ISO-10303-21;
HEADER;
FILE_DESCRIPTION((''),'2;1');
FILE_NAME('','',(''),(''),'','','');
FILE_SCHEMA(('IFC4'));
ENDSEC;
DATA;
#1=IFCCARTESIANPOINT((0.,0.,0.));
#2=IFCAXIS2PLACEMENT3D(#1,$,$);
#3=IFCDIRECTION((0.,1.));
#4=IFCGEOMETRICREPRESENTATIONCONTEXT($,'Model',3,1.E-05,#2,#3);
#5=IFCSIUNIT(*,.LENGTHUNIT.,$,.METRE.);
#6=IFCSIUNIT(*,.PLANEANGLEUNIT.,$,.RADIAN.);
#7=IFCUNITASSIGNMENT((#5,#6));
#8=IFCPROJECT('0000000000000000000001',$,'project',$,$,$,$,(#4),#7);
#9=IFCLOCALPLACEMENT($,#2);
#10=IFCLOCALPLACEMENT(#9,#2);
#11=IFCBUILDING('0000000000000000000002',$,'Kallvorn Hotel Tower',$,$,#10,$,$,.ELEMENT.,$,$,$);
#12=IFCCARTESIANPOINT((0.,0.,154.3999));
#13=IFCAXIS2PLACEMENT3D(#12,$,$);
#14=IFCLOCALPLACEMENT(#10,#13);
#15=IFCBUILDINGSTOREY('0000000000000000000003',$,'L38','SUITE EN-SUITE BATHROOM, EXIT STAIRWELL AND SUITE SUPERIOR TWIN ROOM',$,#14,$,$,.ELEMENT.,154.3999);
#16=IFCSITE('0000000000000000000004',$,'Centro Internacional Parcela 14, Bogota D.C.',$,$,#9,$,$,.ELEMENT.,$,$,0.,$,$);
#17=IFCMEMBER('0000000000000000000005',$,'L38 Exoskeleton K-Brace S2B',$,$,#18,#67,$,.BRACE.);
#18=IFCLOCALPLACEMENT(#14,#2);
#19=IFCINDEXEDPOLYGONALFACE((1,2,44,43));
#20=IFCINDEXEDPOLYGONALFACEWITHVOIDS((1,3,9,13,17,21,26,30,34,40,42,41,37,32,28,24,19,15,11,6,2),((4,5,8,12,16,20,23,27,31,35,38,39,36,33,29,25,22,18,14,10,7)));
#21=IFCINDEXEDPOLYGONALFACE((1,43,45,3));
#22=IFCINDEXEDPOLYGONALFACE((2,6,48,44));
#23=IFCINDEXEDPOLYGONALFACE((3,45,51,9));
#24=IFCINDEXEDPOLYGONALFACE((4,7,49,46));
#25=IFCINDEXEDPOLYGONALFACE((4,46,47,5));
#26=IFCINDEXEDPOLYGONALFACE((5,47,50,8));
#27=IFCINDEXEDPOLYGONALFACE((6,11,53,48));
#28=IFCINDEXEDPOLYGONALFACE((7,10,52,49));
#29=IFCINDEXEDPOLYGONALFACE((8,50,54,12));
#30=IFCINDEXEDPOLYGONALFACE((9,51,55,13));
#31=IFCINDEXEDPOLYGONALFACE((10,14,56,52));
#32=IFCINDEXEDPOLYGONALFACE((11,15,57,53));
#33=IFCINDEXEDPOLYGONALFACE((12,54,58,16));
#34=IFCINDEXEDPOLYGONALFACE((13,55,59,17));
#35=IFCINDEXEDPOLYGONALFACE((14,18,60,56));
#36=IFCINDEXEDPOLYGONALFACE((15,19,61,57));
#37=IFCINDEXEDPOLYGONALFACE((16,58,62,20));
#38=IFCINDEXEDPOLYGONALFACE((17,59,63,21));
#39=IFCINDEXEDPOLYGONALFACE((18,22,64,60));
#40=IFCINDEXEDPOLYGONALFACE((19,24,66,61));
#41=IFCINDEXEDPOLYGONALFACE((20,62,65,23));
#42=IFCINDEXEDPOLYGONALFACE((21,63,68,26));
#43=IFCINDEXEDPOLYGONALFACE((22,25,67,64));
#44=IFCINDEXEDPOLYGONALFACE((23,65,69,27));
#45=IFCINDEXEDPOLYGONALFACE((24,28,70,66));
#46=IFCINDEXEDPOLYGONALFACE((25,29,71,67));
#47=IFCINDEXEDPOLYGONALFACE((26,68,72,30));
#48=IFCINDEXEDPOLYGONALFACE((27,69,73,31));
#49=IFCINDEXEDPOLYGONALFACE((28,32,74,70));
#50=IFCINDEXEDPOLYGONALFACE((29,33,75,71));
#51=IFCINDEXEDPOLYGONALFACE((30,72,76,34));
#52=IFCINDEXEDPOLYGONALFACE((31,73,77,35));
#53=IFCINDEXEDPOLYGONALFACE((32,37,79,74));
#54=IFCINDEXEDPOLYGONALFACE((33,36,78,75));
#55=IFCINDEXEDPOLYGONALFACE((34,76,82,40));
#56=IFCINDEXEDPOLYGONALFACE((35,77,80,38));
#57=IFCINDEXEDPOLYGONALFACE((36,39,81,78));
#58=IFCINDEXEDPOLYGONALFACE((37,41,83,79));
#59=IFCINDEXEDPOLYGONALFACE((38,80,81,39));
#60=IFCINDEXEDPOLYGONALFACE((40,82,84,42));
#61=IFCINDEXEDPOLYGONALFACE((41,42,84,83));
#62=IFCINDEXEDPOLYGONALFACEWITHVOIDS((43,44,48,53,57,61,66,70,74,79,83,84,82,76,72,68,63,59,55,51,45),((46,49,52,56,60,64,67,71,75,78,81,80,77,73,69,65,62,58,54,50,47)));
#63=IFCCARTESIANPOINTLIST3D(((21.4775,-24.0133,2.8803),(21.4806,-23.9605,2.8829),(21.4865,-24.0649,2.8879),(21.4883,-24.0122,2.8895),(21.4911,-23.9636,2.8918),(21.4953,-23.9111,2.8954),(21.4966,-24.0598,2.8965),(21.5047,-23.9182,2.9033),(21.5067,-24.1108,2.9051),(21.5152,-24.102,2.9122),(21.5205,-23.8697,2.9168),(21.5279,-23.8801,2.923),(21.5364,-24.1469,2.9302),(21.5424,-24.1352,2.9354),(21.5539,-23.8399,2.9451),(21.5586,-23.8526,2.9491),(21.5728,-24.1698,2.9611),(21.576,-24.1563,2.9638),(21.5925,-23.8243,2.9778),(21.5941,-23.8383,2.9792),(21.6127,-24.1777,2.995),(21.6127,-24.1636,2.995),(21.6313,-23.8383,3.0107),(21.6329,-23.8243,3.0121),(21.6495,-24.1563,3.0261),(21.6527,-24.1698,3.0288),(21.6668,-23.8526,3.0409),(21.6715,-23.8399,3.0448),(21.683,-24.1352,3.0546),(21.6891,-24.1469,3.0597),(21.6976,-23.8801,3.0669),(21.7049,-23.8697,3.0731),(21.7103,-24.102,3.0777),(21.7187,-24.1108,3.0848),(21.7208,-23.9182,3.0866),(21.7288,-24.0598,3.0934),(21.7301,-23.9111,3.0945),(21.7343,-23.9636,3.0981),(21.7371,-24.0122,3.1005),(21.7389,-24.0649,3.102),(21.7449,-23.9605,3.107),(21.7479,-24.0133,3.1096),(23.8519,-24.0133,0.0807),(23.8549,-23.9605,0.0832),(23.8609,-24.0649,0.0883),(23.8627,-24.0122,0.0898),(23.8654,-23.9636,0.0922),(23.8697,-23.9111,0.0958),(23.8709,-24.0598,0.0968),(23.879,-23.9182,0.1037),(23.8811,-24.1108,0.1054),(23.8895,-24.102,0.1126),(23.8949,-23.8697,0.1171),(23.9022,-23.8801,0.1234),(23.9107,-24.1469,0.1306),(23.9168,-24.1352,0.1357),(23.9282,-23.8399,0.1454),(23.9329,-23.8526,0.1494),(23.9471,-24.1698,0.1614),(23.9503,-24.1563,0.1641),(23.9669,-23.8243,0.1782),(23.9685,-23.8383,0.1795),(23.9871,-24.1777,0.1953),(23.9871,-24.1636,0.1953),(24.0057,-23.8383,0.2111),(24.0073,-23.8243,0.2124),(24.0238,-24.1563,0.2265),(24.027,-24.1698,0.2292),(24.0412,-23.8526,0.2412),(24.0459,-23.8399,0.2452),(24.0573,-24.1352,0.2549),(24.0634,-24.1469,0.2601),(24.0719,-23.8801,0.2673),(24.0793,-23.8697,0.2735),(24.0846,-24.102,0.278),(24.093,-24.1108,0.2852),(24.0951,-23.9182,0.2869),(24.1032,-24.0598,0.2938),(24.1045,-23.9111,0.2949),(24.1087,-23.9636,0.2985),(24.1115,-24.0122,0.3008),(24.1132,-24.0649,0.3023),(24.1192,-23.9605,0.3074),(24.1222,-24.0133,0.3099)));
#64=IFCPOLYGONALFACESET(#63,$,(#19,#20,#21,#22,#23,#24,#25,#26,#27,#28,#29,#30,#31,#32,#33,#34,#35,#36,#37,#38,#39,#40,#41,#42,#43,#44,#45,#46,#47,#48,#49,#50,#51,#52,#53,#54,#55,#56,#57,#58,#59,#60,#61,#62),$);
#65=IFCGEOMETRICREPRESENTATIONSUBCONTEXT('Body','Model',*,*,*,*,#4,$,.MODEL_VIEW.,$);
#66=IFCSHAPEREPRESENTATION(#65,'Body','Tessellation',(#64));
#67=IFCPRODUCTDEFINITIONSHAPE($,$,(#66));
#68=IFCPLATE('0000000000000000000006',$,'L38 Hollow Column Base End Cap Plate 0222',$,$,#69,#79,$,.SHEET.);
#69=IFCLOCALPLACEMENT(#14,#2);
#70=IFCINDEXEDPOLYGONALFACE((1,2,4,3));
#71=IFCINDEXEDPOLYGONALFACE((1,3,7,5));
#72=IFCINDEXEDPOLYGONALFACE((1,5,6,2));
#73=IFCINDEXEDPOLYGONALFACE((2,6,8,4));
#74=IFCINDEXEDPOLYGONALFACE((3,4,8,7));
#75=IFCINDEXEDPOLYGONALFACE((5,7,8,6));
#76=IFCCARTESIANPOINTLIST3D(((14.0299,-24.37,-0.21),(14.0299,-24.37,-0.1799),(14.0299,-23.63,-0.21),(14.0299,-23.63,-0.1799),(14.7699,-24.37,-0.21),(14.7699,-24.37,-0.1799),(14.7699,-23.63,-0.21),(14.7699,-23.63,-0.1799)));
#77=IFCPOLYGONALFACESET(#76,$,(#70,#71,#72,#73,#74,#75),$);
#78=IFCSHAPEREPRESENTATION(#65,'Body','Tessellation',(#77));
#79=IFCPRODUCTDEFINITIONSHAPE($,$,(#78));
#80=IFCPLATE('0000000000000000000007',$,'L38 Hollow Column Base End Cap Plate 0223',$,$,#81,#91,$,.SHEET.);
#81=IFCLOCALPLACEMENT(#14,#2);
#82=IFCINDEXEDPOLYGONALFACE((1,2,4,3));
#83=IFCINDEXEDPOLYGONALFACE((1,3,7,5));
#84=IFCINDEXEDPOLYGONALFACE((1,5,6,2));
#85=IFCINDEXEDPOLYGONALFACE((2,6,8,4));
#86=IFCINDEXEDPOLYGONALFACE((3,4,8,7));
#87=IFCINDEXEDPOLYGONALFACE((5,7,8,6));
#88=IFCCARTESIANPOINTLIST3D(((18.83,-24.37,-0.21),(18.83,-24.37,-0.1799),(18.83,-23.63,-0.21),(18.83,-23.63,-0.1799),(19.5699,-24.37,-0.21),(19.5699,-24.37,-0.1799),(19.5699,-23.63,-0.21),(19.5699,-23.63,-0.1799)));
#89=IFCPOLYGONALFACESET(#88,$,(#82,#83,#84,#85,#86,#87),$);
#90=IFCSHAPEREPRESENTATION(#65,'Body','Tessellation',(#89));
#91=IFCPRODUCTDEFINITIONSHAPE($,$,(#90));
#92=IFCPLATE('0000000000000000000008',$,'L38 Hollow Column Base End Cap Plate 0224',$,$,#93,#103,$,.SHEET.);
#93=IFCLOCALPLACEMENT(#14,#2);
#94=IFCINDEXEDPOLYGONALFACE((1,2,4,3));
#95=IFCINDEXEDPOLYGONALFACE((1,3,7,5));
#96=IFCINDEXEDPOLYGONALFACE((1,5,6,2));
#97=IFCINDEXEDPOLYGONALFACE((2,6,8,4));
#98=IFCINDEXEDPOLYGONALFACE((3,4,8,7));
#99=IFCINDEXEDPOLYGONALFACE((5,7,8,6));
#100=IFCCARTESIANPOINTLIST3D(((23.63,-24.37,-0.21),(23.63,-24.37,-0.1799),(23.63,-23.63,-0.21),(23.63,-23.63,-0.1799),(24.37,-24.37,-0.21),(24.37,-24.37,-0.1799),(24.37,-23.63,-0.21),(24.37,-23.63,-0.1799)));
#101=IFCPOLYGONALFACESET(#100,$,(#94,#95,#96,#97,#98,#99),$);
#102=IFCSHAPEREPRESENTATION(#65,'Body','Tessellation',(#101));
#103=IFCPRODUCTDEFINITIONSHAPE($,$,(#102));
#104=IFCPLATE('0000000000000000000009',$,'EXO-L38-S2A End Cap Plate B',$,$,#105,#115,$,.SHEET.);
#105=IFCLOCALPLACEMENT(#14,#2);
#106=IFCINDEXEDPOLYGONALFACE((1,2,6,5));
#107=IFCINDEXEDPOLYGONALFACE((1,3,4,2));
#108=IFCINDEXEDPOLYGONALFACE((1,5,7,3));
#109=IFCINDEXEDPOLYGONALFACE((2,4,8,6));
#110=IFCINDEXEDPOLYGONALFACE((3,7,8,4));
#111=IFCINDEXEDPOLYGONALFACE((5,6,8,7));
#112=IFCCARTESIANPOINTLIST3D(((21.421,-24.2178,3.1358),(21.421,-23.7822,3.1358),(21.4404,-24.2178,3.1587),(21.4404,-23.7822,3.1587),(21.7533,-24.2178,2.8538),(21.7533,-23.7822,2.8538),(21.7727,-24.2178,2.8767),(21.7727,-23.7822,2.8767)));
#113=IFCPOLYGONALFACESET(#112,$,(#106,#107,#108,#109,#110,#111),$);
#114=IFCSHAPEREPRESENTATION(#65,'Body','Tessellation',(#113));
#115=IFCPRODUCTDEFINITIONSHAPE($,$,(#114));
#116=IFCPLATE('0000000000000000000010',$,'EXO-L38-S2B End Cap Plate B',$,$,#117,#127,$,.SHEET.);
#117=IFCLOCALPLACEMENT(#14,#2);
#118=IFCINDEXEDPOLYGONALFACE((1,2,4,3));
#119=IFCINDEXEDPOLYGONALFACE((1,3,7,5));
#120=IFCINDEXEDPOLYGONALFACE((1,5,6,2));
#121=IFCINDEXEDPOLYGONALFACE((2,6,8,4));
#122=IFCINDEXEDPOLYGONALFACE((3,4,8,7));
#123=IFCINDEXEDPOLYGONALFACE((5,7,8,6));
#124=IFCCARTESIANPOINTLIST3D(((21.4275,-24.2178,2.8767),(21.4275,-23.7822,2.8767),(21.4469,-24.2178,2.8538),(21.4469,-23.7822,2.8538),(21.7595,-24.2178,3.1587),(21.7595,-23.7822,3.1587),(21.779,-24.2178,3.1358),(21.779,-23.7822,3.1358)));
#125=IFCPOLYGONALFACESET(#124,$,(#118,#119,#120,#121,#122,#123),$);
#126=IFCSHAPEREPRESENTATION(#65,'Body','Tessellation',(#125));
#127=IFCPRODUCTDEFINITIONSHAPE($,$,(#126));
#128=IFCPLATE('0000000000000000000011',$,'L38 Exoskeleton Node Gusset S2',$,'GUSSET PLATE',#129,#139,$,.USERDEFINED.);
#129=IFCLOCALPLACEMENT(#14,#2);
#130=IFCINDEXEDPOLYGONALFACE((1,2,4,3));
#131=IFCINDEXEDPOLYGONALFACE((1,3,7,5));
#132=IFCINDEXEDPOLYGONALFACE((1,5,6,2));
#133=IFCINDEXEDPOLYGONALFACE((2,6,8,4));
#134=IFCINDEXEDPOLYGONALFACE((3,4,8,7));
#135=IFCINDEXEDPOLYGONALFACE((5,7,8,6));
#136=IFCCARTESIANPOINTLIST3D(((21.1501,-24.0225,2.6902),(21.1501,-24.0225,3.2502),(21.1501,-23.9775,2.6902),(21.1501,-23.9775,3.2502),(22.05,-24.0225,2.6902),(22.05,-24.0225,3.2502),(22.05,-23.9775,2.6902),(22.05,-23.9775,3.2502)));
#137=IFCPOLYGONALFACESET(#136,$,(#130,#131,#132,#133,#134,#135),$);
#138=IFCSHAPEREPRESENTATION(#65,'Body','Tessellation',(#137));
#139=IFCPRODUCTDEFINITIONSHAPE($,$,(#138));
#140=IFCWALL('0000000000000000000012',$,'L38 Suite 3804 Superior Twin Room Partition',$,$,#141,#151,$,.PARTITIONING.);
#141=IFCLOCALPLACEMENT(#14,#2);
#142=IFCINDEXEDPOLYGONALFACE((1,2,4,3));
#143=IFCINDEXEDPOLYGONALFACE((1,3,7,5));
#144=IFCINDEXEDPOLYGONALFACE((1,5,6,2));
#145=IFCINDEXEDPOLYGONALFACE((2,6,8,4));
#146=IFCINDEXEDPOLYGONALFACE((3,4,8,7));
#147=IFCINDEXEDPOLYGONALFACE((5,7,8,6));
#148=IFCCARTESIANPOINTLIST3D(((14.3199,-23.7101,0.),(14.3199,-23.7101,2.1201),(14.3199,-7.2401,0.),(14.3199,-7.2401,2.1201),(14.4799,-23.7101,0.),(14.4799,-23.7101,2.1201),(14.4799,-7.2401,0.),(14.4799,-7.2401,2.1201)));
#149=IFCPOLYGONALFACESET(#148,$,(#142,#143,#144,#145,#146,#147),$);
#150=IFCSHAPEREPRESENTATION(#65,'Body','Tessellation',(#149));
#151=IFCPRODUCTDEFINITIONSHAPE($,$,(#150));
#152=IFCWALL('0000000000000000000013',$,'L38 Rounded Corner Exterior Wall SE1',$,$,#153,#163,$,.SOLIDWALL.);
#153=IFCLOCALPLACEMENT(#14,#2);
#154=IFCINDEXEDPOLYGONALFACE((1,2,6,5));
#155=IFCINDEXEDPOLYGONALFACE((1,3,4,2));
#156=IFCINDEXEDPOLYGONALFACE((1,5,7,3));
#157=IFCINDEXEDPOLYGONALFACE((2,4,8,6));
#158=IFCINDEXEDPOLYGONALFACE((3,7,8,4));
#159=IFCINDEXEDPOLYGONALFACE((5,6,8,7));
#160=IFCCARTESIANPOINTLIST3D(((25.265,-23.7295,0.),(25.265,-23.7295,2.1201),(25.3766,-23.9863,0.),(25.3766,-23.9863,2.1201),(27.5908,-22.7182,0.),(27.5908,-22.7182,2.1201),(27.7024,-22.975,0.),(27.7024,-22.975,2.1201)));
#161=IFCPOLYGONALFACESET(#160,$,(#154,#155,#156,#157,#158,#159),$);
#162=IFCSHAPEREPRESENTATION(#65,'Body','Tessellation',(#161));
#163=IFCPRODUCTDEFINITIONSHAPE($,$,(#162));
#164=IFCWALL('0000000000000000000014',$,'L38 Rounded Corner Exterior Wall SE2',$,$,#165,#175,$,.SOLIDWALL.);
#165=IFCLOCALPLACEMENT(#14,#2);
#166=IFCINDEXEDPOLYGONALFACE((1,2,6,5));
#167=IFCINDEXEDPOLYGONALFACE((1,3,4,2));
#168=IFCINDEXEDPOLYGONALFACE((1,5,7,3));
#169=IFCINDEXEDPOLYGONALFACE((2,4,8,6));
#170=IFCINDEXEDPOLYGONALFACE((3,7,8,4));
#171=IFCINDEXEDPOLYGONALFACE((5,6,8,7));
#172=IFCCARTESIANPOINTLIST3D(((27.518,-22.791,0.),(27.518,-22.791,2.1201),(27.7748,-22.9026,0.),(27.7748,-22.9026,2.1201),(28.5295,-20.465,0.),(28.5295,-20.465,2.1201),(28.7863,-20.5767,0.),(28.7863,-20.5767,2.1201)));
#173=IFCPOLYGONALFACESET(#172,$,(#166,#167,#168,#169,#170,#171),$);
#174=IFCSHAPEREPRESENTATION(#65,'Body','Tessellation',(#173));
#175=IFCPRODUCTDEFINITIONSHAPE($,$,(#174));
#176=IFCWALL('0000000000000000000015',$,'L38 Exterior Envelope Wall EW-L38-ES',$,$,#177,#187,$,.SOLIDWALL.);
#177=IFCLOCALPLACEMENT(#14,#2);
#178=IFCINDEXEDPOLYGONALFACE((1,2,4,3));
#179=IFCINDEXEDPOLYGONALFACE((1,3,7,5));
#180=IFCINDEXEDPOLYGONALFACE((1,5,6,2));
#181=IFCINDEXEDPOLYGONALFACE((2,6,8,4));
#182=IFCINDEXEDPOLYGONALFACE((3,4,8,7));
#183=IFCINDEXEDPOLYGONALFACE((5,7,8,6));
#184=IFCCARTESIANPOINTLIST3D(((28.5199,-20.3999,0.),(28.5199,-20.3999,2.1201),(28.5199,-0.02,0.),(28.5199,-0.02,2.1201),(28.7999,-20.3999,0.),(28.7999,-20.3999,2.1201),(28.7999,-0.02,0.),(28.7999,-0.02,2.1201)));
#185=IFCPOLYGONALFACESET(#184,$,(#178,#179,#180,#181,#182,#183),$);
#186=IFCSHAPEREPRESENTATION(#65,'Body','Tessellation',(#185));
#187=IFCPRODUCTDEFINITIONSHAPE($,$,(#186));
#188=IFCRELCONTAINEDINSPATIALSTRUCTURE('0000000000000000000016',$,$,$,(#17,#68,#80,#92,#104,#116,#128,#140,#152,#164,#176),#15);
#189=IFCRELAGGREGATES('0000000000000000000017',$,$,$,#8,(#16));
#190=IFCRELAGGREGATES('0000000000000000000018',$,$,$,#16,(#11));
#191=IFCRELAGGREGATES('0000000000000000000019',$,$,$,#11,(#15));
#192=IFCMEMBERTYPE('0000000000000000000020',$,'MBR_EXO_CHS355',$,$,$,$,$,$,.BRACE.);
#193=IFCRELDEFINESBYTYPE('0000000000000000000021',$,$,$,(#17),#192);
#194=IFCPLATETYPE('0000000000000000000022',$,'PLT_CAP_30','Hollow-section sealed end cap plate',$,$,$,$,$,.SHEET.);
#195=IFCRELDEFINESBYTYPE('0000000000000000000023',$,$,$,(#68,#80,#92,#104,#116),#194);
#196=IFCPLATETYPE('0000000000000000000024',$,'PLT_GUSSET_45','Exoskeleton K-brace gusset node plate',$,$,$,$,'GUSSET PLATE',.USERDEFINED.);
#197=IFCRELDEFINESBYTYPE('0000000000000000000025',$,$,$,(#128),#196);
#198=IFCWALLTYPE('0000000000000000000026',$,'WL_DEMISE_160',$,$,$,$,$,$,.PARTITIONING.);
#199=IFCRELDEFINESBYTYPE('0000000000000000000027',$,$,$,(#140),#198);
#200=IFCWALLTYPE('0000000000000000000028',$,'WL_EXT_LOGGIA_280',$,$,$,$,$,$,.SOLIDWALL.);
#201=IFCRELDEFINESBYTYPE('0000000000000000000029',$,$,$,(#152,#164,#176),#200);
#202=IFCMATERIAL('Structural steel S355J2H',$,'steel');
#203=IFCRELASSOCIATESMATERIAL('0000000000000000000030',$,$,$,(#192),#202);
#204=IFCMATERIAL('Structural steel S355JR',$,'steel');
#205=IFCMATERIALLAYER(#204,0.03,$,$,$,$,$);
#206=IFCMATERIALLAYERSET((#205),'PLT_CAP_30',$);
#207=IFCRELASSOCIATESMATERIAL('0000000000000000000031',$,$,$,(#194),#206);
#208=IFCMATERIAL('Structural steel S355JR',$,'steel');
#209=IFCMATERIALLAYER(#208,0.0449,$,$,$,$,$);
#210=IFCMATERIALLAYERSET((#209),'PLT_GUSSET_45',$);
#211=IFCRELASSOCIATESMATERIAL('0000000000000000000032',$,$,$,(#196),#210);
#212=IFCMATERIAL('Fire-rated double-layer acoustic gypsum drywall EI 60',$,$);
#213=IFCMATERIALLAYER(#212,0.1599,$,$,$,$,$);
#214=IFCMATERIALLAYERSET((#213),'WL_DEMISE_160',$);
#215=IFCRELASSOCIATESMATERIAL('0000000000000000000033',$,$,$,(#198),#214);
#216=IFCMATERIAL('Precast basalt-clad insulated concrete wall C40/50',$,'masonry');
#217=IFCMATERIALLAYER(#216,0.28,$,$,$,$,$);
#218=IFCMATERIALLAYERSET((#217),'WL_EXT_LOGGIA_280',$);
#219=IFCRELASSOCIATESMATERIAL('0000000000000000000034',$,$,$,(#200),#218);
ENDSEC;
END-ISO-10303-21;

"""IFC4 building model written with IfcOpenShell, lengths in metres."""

from ifc_helpers import new_model, si_unit, direction, frame, frame_2d, origin, origin_2d, place, context, subcontext, project, spatial, polyline, rectangle, hollow_circle, outline, extrude, material, layer, layer_set, material_profile, profile_set, type_object, element, save


model = new_model("IFC4")

# Units and contexts
model_context = context("Model", 3, precision=1e-05, world=origin(), true_north=direction((0.0, 1.0)))
body_context = subcontext(model_context, "Body", "Model", "MODEL_VIEW")
ifc_project = project(units=[si_unit("LENGTHUNIT", "METRE"), si_unit("PLANEANGLEUNIT", "RADIAN")], contexts=[model_context])

# Site, building, storey
site_placement = place(None, origin())
site = spatial("IfcSite", under=ifc_project, at=site_placement, Name="Centro Internacional Parcela 14, Bogota D.C.", CompositionType="ELEMENT", RefElevation=0.0)
building_placement = place(site_placement, origin())
building = spatial("IfcBuilding", under=site, at=building_placement, Name="Kallvorn Hotel Tower", CompositionType="ELEMENT")
storey_placement = place(building_placement, frame((0.0, 0.0, 154.3999)))
storey = spatial("IfcBuildingStorey", under=building, at=storey_placement, Name="L38", Description="SUITE EN-SUITE BATHROOM, EXIT STAIRWELL AND SUITE SUPERIOR TWIN ROOM", CompositionType="ELEMENT", Elevation=154.3999)

# Member
ifc_material_1 = material(Name="Structural steel S355J2H", Category="steel")
ifc_material_profile_1 = material_profile(ifc_material_1, hollow_circle(Radius=0.1777, WallThickness=0.0142, at=origin_2d()), Name="CHS 355.6x14.2")
ifc_profile_set_1 = profile_set([ifc_material_profile_1], Name="Structural steel S355J2H")
member_type = type_object("IfcMemberType", Name="MBR_EXO_CHS355", PredefinedType="BRACE", material=ifc_profile_set_1)
for number, where, z_axis, x_axis, name in (
    (1, (23.9871, -24.0, 0.1953), (-0.6468, 0.0, 0.762659), (0.0, -1.0, 0.0), "L38 Exoskeleton K-Brace S2B"),
):
    element("IfcMember", number, at=place(storey_placement, frame(where, z_axis=z_axis, x_axis=x_axis)), inside=storey, type_object=member_type, Name=name, PredefinedType="BRACE", context=body_context, shape_type="SweptSolid", body=[
        extrude(hollow_circle(Radius=0.1777, WallThickness=0.0142, at=origin_2d()), origin(), (0.0, 0.0, 1.0), 3.6709),
    ])

# Plates
ifc_material_2 = material(Name="Structural steel S355JR", Category="steel")
ifc_layer_1 = layer(ifc_material_2, 0.03)
ifc_layer_set_1 = layer_set([ifc_layer_1], Name="PLT_CAP_30")
plate_type_1 = type_object("IfcPlateType", Name="PLT_CAP_30", Description="Hollow-section sealed end cap plate", PredefinedType="SHEET", material=ifc_layer_set_1)
for number, where, z_axis, x_axis, name in (
    (2, (14.3999, -24.0, -0.21), (0.0, 0.0, 1.0), (1.0, 0.0, 0.0), "L38 Hollow Column Base End Cap Plate 0222"),
    (3, (19.2, -24.0, -0.21), (0.0, 0.0, 1.0), (1.0, 0.0, 0.0), "L38 Hollow Column Base End Cap Plate 0223"),
    (4, (24.0, -24.0, -0.21), (0.0, 0.0, 1.0), (1.0, 0.0, 0.0), "L38 Hollow Column Base End Cap Plate 0224"),
):
    element("IfcPlate", number, at=place(storey_placement, frame(where, z_axis=z_axis, x_axis=x_axis)), inside=storey, type_object=plate_type_1, Name=name, PredefinedType="SHEET", context=body_context, shape_type="SweptSolid", body=[
        extrude(rectangle(XDim=0.74, YDim=0.74, at=origin_2d()), origin(), (0.0, 0.0, 1.0), 0.03),
    ])
plate_1_placement = place(storey_placement, frame((21.7727, -24.2178, 2.8767), z_axis=(0.647047, 0.0, 0.762451), x_axis=(0.0, 1.0, 0.0)))
element("IfcPlate", 5, at=plate_1_placement, inside=storey, type_object=plate_type_1, Name="EXO-L38-S2A End Cap Plate B", PredefinedType="SHEET", context=body_context, shape_type="SweptSolid", body=[
    extrude(outline(polyline([(0.0, 0.0), (0.4355, 0.0), (0.4355, 0.4358), (0.0, 0.4358), (0.0, 0.0)])), origin(), (0.0, 0.0, -1.0), 0.03),
])
plate_2_placement = place(storey_placement, frame((21.4275, -23.7822, 2.8767), z_axis=(-0.647323, 0.0, 0.762216), x_axis=(0.0, -1.0, 0.0)))
element("IfcPlate", 6, at=plate_2_placement, inside=storey, type_object=plate_type_1, Name="EXO-L38-S2B End Cap Plate B", PredefinedType="SHEET", context=body_context, shape_type="SweptSolid", body=[
    extrude(outline(polyline([(0.0, 0.0), (0.4355, 0.0), (0.4355, 0.4356), (0.0, 0.4356), (0.0, 0.0)])), origin(), (0.0, 0.0, -1.0), 0.03),
])
ifc_material_3 = material(Name="Structural steel S355JR", Category="steel")
ifc_layer_2 = layer(ifc_material_3, 0.0449)
ifc_layer_set_2 = layer_set([ifc_layer_2], Name="PLT_GUSSET_45")
plate_type_2 = type_object("IfcPlateType", Name="PLT_GUSSET_45", Description="Exoskeleton K-brace gusset node plate", ElementType="GUSSET PLATE", PredefinedType="USERDEFINED", material=ifc_layer_set_2)
plate_3_placement = place(storey_placement, frame((21.6001, -24.0, 2.6902), z_axis=(0.0, 0.0, 1.0), x_axis=(1.0, 0.0, 0.0)))
element("IfcPlate", 7, at=plate_3_placement, inside=storey, type_object=plate_type_2, Name="L38 Exoskeleton Node Gusset S2", ObjectType="GUSSET PLATE", PredefinedType="USERDEFINED", context=body_context, shape_type="SweptSolid", body=[
    extrude(rectangle(XDim=0.8999, YDim=0.0449, at=origin_2d()), origin(), (0.0, 0.0, 1.0), 0.5601),
])

# Walls
ifc_material_4 = material(Name="Fire-rated double-layer acoustic gypsum drywall EI 60")
ifc_layer_3 = layer(ifc_material_4, 0.1599)
ifc_layer_set_3 = layer_set([ifc_layer_3], Name="WL_DEMISE_160")
wall_type_1 = type_object("IfcWallType", Name="WL_DEMISE_160", PredefinedType="PARTITIONING", material=ifc_layer_set_3)
wall_1_placement = place(storey_placement, frame((14.3999, -23.71, 0.0), z_axis=(0.0, 0.0, 1.0), x_axis=(0.0, 1.0, 0.0)))
element("IfcWall", 8, at=wall_1_placement, inside=storey, type_object=wall_type_1, Name="L38 Suite 3804 Superior Twin Room Partition", PredefinedType="PARTITIONING", context=body_context, shape_type="SweptSolid", body=[
    extrude(rectangle(XDim=16.47, YDim=0.1599, at=frame_2d((8.2349, 0.0))), origin(), (0.0, 0.0, 1.0), 2.1201),
])
ifc_material_5 = material(Name="Precast basalt-clad insulated concrete wall C40/50", Category="masonry")
ifc_layer_4 = layer(ifc_material_5, 0.28)
ifc_layer_set_4 = layer_set([ifc_layer_4], Name="WL_EXT_LOGGIA_280")
wall_type_2 = type_object("IfcWallType", Name="WL_EXT_LOGGIA_280", PredefinedType="SOLIDWALL", material=ifc_layer_set_4)
wall_2_placement = place(storey_placement, frame((25.3208, -23.8579, 0.0), z_axis=(0.0, 0.0, 1.0), x_axis=(0.917061, 0.398747, 0.0)))
element("IfcWall", 9, at=wall_2_placement, inside=storey, type_object=wall_type_2, Name="L38 Rounded Corner Exterior Wall SE1", PredefinedType="SOLIDWALL", context=body_context, shape_type="SweptSolid", body=[
    extrude(rectangle(XDim=2.5361, YDim=0.28, at=frame_2d((1.2681, 0.0))), origin(), (0.0, 0.0, 1.0), 2.1201),
])
wall_3_placement = place(storey_placement, frame((27.6465, -22.8467, 0.0), z_axis=(0.0, 0.0, 1.0), x_axis=(0.398793, 0.917041, 0.0)))
element("IfcWall", 10, at=wall_3_placement, inside=storey, type_object=wall_type_2, Name="L38 Rounded Corner Exterior Wall SE2", PredefinedType="SOLIDWALL", context=body_context, shape_type="SweptSolid", body=[
    extrude(rectangle(XDim=2.5364, YDim=0.28, at=frame_2d((1.2681, 0.0))), origin(), (0.0, 0.0, 1.0), 2.1201),
])
wall_4_placement = place(storey_placement, frame((28.6599, -20.3999, 0.0), z_axis=(0.0, 0.0, 1.0), x_axis=(0.0, 1.0, 0.0)))
element("IfcWall", 11, at=wall_4_placement, inside=storey, type_object=wall_type_2, Name="L38 Exterior Envelope Wall EW-L38-ES", PredefinedType="SOLIDWALL", context=body_context, shape_type="SweptSolid", body=[
    extrude(rectangle(XDim=20.3799, YDim=0.28, at=frame_2d((10.1899, 0.0))), origin(), (0.0, 0.0, 1.0), 2.1201),
])

save(model, "model.ifc")
